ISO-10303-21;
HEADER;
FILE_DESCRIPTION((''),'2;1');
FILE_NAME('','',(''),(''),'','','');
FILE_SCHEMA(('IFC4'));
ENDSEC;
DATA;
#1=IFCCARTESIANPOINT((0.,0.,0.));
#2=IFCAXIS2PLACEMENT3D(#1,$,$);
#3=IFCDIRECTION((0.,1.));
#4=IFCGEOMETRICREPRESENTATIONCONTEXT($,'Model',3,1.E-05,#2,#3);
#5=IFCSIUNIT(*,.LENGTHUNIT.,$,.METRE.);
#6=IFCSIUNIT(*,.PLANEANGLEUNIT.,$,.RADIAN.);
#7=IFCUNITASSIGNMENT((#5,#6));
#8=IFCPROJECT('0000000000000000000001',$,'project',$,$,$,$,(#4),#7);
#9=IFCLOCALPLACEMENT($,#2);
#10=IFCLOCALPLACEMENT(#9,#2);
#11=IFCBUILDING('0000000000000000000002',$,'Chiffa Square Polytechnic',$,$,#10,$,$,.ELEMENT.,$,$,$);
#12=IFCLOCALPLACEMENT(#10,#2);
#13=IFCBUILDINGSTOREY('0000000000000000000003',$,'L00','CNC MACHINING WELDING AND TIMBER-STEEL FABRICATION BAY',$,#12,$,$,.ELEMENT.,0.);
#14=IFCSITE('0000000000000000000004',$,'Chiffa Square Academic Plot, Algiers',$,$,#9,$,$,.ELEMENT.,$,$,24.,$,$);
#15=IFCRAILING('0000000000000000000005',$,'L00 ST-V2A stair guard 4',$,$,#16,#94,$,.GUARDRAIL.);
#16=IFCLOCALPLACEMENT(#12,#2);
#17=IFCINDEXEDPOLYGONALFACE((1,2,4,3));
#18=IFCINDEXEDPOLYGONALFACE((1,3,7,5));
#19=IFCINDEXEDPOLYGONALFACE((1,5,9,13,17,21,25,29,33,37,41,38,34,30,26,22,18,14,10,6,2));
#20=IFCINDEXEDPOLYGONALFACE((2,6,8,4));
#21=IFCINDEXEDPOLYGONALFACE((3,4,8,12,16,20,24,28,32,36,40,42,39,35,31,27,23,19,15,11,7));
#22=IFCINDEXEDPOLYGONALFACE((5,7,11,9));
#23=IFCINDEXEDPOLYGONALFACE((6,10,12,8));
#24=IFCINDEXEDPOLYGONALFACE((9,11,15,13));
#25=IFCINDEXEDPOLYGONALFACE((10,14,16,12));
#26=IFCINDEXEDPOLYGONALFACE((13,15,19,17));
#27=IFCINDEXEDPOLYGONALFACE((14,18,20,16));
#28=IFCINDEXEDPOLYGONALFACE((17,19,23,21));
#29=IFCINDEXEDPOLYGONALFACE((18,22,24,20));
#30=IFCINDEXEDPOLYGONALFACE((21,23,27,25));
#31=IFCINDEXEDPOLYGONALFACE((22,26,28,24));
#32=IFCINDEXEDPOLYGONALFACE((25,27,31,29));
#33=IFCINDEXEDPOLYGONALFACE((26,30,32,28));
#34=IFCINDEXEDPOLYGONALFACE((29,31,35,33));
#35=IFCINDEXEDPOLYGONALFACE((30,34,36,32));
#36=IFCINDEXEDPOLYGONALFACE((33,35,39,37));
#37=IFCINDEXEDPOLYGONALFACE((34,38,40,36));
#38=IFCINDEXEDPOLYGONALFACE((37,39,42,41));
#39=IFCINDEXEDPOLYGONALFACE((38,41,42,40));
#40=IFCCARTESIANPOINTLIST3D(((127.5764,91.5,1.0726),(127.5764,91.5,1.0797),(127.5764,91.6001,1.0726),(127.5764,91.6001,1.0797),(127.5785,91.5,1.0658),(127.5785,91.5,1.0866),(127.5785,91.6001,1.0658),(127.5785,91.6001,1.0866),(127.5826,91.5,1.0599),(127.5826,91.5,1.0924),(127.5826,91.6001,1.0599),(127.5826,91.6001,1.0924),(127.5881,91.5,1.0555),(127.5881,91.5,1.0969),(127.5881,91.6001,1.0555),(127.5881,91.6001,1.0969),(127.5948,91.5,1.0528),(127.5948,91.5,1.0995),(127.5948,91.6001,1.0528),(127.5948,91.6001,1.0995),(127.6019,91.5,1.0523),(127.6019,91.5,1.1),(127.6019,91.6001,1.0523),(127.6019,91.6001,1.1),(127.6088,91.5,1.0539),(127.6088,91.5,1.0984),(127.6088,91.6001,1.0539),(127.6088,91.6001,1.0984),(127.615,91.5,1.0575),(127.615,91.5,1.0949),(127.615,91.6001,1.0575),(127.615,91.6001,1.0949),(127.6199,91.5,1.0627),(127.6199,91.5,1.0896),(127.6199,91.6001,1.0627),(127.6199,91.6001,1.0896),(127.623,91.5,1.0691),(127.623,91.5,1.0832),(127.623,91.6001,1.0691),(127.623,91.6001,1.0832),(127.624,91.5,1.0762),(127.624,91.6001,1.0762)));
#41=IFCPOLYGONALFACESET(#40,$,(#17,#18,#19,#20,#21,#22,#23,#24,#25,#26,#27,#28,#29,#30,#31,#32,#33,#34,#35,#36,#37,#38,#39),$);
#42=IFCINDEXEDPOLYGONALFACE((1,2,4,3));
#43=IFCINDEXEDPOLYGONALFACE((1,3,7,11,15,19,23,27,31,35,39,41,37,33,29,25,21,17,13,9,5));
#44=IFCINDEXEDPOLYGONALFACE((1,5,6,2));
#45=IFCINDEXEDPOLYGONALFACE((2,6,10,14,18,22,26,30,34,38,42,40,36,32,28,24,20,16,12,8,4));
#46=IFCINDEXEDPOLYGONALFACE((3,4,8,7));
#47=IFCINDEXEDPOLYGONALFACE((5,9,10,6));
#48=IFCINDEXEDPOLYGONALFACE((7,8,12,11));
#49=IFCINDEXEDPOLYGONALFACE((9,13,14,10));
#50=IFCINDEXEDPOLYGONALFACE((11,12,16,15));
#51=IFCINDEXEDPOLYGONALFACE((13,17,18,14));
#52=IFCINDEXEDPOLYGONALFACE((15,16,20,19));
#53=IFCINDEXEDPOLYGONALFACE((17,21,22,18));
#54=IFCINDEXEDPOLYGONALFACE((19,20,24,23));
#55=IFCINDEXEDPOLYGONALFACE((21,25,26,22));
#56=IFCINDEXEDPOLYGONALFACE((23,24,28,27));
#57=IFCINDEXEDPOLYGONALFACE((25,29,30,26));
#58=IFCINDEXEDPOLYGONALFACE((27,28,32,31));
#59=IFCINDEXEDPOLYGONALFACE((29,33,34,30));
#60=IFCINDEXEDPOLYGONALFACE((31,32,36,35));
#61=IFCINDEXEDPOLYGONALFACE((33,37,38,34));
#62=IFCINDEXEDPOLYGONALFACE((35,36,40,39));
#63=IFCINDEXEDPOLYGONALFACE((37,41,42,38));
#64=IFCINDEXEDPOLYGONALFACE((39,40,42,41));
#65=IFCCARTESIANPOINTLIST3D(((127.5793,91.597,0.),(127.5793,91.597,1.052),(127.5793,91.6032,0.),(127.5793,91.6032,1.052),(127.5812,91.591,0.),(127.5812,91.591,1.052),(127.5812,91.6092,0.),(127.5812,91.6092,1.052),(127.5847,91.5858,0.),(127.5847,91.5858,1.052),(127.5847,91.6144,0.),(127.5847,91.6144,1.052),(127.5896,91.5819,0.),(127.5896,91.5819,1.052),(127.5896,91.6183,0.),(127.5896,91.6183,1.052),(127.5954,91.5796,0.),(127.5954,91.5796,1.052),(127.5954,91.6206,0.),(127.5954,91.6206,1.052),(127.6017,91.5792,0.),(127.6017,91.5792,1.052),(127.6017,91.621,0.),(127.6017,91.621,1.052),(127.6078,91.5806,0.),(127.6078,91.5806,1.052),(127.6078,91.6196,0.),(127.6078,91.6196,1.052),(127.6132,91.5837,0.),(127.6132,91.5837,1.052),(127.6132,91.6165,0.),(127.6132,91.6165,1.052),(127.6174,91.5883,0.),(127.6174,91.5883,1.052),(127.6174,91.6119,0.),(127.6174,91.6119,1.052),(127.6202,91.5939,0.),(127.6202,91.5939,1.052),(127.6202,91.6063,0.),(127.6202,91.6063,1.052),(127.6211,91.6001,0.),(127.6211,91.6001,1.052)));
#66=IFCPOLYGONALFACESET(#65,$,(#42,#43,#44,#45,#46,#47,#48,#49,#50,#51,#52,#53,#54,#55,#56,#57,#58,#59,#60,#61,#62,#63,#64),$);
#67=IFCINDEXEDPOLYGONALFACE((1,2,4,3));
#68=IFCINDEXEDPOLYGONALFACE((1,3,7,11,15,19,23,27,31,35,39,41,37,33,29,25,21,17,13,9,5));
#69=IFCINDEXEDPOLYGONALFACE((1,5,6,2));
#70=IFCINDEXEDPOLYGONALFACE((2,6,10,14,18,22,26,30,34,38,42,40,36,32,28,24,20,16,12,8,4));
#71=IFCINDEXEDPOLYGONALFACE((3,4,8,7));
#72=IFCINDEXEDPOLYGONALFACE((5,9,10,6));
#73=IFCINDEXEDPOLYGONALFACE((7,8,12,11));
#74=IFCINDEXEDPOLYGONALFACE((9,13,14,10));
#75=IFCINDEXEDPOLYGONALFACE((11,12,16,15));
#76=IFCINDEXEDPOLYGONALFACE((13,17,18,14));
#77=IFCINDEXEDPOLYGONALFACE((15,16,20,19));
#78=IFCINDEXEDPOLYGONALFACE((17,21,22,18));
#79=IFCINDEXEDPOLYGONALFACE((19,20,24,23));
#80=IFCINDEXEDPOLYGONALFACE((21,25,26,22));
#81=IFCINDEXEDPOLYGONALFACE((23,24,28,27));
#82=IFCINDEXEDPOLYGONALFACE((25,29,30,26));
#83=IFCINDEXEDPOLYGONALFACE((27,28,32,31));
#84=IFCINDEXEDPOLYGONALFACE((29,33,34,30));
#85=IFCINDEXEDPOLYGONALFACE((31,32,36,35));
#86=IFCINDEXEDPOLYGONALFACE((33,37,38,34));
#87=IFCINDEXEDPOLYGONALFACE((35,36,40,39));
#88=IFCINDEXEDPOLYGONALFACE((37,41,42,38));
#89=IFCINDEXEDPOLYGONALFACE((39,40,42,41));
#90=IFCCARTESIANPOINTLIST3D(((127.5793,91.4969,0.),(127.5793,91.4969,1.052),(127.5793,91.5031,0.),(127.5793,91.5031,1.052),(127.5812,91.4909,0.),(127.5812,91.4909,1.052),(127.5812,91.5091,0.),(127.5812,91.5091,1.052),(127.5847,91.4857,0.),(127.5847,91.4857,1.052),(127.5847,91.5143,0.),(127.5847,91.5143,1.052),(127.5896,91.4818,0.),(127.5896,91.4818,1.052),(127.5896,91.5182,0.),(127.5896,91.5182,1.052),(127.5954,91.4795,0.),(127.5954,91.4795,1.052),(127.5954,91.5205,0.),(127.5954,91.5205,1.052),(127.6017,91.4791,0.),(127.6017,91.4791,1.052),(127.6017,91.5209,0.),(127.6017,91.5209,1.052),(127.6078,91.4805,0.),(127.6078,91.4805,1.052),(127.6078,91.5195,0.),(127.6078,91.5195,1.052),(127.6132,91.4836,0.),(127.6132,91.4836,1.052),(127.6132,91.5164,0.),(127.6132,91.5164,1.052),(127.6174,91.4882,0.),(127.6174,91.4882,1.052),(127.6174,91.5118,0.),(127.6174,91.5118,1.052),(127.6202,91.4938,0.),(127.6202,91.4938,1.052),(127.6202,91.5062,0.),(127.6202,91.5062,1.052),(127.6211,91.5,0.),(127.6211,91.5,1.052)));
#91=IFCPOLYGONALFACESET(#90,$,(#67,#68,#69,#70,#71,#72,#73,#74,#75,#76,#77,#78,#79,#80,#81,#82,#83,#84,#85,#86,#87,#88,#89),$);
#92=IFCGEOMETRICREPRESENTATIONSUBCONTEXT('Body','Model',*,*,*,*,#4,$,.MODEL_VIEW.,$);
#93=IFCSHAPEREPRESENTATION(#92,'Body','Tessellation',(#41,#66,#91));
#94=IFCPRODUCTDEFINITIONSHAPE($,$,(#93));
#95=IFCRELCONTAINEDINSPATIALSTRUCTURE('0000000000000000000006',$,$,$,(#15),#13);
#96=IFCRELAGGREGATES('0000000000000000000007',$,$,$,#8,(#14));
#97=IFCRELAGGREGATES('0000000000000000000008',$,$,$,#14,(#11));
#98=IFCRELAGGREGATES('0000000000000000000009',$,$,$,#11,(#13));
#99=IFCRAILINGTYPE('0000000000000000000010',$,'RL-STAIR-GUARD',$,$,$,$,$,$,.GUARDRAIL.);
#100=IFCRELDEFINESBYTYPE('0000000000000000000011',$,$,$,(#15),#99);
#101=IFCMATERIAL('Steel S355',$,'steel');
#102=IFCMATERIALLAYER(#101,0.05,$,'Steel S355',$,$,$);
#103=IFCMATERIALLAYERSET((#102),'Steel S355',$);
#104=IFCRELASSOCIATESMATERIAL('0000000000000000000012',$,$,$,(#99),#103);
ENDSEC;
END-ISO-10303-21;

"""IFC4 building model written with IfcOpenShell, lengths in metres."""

from ifc_helpers import new_model, si_unit, direction, frame, origin, origin_2d, place, context, subcontext, project, spatial, circle, extrude, material, layer, layer_set, type_object, element, save


model = new_model("IFC4")

# Units and contexts
model_context = context("Model", 3, precision=1e-05, world=origin(), true_north=direction((0.0, 1.0)))
body_context = subcontext(model_context, "Body", "Model", "MODEL_VIEW")
ifc_project = project(units=[si_unit("LENGTHUNIT", "METRE"), si_unit("PLANEANGLEUNIT", "RADIAN")], contexts=[model_context])

# Site, building, storey
site_placement = place(None, origin())
site = spatial("IfcSite", under=ifc_project, at=site_placement, Name="Chiffa Square Academic Plot, Algiers", CompositionType="ELEMENT", RefElevation=24.0)
building_placement = place(site_placement, origin())
building = spatial("IfcBuilding", under=site, at=building_placement, Name="Chiffa Square Polytechnic", CompositionType="ELEMENT")
storey_placement = place(building_placement, origin())
storey = spatial("IfcBuildingStorey", under=building, at=storey_placement, Name="L00", Description="CNC MACHINING WELDING AND TIMBER-STEEL FABRICATION BAY", CompositionType="ELEMENT", Elevation=0.0)

# Railing
ifc_material_1 = material(Name="Steel S355", Category="steel")
ifc_layer_1 = layer(ifc_material_1, 0.05, Name="Steel S355")
ifc_layer_set_1 = layer_set([ifc_layer_1], Name="Steel S355")
railing_type_1 = type_object("IfcRailingType", Name="RL-STAIR-GUARD", PredefinedType="GUARDRAIL", material=ifc_layer_set_1)
railing_1_placement = place(storey_placement, frame((127.6001, 91.6001, 0.0)))
element("IfcRailing", 1, at=railing_1_placement, inside=storey, type_object=railing_type_1, Name="L00 ST-V2A stair guard 4", PredefinedType="GUARDRAIL", context=body_context, shape_type="SweptSolid", body=[
    extrude(circle(Radius=0.0239, at=origin_2d()), frame((0.0, 0.0, 1.0762), z_axis=(0.0, -1.0, 0.0), x_axis=(1.0, 0.0, 0.0)), (0.0, 0.0, 1.0), 0.1001),
    extrude(circle(Radius=0.021, at=origin_2d()), origin(), (0.0, 0.0, 1.0), 1.052),
    extrude(circle(Radius=0.021, at=origin_2d()), frame((0.0, -0.1001, 0.0)), (0.0, 0.0, 1.0), 1.052),
])

save(model, "model.ifc")
